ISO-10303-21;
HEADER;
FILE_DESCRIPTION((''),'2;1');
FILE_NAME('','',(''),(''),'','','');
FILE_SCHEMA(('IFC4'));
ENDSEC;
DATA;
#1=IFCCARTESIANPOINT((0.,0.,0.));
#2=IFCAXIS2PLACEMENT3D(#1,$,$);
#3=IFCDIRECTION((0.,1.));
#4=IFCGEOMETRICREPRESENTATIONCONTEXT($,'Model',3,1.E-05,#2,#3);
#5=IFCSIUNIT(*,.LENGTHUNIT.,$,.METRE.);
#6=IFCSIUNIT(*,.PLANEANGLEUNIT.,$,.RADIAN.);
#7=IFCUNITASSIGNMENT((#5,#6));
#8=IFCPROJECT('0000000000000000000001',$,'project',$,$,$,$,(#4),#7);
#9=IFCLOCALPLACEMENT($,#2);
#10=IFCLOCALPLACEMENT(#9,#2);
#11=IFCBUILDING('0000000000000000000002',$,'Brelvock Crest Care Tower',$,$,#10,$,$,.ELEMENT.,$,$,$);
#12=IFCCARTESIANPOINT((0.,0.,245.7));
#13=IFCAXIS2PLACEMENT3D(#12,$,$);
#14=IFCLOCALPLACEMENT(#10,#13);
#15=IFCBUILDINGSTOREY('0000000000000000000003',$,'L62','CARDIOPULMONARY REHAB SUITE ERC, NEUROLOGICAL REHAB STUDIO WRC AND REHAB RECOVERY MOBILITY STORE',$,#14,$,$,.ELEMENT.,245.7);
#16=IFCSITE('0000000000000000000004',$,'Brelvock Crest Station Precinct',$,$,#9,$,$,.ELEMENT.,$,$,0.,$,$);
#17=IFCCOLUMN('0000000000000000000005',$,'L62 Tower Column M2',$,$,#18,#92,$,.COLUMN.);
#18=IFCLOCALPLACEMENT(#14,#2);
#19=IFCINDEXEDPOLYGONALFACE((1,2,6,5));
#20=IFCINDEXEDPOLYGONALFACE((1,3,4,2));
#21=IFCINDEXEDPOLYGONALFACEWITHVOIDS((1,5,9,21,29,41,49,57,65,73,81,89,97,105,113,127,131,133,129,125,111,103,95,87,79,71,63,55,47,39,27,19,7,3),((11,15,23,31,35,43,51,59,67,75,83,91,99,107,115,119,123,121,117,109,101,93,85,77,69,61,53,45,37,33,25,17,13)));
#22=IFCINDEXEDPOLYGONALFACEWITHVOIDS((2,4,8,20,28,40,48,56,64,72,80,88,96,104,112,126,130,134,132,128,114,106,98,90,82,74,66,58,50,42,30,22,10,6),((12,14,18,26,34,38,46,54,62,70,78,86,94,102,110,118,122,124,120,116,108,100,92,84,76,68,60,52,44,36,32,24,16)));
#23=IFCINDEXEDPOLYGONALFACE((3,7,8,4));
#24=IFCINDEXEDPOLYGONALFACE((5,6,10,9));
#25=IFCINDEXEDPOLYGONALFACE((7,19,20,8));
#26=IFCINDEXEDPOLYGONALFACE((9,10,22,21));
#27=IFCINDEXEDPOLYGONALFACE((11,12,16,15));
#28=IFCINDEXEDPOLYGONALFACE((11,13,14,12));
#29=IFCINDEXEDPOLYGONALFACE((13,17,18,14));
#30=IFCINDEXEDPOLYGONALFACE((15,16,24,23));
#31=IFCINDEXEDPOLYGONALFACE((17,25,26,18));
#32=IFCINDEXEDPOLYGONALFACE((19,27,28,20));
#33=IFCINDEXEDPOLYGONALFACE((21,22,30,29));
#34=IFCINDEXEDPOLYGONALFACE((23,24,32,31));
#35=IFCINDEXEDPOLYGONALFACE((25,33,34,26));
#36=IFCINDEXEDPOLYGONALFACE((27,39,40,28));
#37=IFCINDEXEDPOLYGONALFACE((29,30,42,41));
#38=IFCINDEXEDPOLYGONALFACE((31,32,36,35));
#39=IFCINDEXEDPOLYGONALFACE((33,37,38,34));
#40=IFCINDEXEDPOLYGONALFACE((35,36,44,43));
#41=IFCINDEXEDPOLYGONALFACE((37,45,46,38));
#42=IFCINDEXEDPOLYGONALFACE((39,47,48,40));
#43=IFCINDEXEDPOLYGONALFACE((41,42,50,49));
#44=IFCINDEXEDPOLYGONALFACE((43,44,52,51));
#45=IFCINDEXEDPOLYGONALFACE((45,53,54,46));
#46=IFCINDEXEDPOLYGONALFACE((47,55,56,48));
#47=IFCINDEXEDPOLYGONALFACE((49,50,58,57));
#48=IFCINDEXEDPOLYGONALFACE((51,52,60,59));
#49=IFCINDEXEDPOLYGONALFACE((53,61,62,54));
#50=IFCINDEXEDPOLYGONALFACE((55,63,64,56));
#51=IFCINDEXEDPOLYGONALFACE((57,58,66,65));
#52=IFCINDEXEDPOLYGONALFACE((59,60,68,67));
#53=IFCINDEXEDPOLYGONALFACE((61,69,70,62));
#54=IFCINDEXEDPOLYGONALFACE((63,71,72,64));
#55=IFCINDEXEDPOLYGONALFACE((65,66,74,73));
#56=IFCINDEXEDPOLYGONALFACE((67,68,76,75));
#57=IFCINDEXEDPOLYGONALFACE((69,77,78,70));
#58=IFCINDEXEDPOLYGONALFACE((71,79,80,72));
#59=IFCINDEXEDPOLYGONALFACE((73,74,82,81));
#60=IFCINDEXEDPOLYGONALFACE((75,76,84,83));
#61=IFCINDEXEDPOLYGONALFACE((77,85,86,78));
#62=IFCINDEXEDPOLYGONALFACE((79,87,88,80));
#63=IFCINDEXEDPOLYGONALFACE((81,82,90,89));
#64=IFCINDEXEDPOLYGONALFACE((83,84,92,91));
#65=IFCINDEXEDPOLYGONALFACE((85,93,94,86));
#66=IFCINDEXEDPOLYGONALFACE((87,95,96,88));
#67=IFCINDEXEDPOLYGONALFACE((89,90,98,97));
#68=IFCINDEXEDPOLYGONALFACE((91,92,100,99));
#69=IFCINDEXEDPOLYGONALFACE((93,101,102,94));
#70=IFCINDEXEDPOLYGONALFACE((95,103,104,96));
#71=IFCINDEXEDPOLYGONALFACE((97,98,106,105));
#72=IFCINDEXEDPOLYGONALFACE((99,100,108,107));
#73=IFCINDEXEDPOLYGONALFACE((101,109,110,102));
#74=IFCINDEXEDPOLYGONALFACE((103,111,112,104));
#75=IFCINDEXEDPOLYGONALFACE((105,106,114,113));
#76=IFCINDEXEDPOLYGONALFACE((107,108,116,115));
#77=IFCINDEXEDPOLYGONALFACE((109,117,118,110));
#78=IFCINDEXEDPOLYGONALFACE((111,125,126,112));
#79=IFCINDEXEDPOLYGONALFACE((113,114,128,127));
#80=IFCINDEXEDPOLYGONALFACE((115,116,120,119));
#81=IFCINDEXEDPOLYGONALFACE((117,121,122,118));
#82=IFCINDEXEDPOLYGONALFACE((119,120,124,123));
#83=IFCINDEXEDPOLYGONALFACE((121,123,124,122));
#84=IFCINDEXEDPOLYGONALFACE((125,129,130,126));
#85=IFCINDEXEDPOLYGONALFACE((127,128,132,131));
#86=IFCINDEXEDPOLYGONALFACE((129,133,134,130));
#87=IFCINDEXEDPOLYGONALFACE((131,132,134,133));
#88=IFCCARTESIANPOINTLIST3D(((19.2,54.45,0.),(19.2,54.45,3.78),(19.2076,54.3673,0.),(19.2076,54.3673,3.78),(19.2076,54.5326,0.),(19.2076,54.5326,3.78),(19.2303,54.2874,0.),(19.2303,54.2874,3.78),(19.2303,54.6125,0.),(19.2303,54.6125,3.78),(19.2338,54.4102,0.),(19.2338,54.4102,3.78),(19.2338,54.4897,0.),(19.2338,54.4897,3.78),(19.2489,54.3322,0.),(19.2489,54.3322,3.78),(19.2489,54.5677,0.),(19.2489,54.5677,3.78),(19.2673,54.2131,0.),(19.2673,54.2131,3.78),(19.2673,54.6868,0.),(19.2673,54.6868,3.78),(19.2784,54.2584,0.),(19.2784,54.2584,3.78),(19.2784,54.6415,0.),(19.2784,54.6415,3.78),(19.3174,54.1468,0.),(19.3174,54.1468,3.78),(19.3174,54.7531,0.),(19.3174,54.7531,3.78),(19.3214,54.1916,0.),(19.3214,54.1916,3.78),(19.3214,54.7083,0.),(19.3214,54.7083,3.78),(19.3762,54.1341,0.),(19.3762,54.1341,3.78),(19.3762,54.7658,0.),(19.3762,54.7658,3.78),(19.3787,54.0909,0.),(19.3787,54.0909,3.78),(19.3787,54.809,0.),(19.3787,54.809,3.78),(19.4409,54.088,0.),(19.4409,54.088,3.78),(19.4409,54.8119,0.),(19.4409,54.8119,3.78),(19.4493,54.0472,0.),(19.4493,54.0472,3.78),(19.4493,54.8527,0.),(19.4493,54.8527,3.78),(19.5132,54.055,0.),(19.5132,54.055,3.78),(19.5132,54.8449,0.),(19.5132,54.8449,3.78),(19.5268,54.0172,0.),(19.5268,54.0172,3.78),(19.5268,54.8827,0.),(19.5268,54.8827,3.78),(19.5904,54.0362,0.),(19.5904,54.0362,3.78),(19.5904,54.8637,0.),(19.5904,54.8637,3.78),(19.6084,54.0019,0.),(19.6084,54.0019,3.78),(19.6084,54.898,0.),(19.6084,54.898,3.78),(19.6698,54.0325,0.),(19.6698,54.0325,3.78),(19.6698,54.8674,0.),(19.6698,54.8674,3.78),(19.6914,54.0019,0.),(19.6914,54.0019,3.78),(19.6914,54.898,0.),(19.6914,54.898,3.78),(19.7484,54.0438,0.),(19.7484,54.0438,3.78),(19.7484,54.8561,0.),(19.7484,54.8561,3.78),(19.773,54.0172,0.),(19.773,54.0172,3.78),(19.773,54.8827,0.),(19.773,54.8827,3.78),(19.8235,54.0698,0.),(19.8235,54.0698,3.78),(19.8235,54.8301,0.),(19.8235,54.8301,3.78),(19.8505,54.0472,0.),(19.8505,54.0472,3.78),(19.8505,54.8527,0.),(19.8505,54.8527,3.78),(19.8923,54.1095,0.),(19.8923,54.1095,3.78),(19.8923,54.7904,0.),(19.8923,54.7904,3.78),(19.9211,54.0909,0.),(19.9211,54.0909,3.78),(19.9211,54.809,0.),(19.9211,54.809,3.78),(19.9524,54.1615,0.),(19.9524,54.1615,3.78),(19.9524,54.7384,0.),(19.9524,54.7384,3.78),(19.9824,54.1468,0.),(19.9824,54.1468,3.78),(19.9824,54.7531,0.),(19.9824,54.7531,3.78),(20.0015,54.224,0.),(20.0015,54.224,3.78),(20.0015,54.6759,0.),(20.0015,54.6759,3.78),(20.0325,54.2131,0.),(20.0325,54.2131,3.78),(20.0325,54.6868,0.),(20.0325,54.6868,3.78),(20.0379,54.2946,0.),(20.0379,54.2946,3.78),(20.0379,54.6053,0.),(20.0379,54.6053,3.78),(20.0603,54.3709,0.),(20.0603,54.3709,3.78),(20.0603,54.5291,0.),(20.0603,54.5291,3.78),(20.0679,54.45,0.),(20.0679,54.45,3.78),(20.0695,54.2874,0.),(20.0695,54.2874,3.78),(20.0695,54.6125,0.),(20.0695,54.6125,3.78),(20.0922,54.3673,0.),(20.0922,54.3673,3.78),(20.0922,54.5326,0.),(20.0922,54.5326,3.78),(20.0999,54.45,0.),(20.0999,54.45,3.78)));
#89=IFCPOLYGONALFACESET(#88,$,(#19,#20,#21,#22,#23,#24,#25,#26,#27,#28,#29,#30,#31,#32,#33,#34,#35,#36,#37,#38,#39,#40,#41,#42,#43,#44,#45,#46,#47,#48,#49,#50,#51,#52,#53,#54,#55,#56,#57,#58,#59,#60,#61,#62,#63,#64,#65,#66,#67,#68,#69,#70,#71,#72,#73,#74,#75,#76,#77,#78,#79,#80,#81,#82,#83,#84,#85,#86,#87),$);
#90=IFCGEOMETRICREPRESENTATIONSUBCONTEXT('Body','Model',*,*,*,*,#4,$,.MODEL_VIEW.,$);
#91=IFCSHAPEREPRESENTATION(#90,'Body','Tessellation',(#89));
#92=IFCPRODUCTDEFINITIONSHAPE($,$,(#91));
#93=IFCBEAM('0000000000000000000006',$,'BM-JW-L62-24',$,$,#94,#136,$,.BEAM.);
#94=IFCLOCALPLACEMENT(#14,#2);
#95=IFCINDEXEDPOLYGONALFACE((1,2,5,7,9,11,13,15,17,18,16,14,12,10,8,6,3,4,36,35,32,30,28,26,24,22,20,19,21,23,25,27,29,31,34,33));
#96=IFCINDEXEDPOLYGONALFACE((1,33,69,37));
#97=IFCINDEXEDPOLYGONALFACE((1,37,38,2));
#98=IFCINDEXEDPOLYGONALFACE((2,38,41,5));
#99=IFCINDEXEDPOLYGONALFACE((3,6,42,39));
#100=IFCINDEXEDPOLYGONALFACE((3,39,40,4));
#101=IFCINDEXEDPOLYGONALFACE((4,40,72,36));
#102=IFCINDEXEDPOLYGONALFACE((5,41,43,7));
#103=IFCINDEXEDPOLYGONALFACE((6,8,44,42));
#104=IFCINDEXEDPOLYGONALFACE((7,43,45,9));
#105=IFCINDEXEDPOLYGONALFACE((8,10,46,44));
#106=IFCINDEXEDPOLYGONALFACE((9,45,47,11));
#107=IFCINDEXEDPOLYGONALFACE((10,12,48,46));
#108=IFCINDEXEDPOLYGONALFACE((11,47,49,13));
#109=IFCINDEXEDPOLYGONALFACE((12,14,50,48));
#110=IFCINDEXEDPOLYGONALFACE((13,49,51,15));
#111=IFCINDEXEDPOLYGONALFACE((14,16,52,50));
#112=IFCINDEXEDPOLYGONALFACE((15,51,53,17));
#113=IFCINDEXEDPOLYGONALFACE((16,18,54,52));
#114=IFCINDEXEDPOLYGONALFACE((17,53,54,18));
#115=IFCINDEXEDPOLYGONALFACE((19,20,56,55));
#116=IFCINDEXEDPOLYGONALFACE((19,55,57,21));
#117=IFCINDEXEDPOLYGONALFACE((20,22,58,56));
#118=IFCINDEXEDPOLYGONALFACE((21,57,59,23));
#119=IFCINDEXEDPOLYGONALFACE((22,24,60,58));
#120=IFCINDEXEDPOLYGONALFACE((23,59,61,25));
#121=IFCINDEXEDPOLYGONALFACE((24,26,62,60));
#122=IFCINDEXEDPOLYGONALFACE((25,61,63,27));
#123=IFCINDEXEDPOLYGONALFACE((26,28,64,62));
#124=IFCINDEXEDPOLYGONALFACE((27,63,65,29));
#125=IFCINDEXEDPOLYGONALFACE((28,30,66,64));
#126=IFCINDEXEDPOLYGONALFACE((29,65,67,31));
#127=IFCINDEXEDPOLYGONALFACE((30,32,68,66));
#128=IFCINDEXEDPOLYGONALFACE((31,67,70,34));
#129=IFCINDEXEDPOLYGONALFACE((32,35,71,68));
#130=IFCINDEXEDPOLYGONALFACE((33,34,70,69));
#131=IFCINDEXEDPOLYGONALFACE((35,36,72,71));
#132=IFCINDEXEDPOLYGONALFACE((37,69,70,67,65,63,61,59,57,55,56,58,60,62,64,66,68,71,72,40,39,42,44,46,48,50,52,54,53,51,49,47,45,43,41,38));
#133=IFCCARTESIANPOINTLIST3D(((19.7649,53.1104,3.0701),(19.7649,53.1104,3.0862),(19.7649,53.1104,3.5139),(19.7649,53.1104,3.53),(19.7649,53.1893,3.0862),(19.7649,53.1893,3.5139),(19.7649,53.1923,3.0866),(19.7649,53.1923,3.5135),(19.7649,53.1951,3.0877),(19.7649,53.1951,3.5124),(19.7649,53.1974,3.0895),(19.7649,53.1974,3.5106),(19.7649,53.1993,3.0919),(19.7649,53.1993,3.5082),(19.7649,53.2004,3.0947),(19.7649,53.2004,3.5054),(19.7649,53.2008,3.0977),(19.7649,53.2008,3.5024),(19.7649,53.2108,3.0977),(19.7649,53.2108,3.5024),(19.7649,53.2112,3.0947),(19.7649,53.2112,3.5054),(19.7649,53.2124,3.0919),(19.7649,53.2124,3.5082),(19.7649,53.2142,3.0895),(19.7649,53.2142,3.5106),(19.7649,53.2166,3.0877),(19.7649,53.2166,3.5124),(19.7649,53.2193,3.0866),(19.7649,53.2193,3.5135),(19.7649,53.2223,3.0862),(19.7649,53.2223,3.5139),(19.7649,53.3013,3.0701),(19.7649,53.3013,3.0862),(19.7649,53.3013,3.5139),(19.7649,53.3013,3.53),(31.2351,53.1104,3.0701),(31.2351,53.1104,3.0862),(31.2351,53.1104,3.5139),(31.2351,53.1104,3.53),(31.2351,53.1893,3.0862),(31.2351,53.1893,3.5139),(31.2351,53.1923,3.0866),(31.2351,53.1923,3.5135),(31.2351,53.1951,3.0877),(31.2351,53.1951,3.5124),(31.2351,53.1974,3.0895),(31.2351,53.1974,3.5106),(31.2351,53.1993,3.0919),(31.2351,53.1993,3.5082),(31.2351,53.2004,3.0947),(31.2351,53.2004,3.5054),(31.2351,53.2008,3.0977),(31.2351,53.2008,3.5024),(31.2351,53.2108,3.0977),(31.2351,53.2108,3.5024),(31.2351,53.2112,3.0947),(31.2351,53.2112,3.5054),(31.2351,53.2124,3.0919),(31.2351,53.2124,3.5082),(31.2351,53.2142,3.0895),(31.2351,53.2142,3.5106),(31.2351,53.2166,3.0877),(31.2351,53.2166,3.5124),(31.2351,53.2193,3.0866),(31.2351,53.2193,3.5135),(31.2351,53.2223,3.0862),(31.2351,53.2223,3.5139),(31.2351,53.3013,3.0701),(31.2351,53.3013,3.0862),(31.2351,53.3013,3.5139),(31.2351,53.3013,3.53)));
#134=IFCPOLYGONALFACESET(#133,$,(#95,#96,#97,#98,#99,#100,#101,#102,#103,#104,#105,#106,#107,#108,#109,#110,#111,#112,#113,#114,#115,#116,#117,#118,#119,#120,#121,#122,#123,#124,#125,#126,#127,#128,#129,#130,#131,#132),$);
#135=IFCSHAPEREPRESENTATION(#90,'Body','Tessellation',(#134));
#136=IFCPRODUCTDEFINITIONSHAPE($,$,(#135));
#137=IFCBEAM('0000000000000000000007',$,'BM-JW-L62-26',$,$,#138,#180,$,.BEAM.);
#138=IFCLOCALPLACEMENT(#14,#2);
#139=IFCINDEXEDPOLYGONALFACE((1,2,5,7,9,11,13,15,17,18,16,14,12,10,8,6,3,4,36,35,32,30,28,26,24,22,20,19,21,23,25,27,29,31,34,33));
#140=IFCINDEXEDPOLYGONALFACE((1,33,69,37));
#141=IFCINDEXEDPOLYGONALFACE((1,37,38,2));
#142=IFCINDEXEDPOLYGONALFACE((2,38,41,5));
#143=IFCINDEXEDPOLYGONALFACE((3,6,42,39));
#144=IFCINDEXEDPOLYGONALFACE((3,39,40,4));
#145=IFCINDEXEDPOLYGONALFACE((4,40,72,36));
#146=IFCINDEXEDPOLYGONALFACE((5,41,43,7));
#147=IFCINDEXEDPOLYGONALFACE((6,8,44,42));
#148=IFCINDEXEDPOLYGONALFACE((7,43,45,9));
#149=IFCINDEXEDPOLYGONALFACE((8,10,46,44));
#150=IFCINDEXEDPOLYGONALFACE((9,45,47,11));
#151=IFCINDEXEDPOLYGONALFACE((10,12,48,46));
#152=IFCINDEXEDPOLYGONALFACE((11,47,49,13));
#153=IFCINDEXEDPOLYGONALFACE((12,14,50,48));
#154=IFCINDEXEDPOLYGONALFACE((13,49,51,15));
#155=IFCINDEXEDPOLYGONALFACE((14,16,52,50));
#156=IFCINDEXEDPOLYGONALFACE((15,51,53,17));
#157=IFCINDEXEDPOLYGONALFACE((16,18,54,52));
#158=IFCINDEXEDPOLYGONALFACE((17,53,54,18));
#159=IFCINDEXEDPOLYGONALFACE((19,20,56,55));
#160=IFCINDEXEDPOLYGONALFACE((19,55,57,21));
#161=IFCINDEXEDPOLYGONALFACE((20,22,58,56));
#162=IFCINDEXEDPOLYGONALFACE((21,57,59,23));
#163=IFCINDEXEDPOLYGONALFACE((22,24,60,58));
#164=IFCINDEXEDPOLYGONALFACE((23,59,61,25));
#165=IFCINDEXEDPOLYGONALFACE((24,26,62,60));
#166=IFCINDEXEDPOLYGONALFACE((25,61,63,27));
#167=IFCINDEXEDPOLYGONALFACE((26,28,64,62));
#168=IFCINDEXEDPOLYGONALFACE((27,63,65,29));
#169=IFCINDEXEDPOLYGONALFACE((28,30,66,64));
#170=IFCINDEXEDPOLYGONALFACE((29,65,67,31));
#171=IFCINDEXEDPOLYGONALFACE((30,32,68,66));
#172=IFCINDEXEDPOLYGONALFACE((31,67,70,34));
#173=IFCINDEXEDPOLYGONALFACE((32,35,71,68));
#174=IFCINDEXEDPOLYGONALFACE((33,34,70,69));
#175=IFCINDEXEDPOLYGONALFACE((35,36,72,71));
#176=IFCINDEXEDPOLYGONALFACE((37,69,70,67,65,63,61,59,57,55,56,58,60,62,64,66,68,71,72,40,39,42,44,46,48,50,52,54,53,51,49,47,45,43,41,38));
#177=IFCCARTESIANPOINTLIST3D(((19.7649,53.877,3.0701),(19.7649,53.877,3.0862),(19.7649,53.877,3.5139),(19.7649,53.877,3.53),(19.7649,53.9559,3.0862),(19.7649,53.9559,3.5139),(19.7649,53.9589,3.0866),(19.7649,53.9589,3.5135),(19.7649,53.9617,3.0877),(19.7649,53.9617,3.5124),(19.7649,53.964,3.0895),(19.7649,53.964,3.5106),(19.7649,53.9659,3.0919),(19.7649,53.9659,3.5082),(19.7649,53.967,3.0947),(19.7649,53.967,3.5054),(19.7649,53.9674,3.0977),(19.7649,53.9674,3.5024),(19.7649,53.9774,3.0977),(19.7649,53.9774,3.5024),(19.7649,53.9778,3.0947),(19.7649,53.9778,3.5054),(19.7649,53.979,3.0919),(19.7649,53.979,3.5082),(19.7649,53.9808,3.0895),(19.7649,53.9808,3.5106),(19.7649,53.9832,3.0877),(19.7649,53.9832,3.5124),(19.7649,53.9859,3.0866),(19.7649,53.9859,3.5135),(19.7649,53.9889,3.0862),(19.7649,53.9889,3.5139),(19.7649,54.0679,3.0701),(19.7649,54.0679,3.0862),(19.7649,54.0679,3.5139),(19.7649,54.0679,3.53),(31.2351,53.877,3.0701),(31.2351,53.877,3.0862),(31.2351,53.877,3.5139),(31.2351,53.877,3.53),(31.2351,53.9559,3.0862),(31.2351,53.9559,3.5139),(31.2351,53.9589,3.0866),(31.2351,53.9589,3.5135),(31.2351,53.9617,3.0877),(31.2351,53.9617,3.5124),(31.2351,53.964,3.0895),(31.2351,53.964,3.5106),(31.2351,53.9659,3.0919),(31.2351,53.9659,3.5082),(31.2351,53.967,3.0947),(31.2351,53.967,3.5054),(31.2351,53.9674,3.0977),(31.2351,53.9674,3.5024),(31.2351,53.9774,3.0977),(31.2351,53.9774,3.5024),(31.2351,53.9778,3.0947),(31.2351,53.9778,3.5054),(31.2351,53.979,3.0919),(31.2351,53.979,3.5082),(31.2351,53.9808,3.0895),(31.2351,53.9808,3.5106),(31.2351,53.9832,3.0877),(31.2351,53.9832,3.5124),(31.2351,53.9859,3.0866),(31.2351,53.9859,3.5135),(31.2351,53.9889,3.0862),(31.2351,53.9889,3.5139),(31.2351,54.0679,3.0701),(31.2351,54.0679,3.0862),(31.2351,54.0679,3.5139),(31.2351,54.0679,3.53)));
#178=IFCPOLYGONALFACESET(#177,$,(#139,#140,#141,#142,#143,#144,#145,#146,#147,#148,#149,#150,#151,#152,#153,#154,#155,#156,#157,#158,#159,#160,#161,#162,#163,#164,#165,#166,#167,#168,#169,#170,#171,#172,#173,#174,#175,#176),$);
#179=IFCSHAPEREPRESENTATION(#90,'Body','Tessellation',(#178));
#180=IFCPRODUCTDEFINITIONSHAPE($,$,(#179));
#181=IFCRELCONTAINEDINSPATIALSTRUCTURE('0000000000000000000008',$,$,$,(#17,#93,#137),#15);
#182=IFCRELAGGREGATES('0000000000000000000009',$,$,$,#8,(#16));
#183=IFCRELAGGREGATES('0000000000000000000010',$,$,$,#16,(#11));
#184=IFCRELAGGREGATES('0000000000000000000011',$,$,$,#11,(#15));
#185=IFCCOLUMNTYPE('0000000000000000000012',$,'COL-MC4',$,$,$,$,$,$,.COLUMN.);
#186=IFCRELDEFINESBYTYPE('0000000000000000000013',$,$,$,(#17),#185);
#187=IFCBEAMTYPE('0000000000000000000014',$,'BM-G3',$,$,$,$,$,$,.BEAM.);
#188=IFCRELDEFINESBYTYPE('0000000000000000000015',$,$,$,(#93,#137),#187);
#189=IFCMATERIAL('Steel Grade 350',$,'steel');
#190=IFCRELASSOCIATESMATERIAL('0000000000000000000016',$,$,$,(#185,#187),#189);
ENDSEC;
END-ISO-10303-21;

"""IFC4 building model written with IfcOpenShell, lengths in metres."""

from ifc_helpers import new_model, si_unit, direction, frame, origin, origin_2d, place, context, subcontext, project, spatial, hollow_circle, i_section, extrude, source, transform, mapped, material, material_profile, profile_set, type_object, element, save


model = new_model("IFC4")

# Units and contexts
model_context = context("Model", 3, precision=1e-05, world=origin(), true_north=direction((0.0, 1.0)))
body_context = subcontext(model_context, "Body", "Model", "MODEL_VIEW")
ifc_project = project(units=[si_unit("LENGTHUNIT", "METRE"), si_unit("PLANEANGLEUNIT", "RADIAN")], contexts=[model_context])

# Site, building, storey
site_placement = place(None, origin())
site = spatial("IfcSite", under=ifc_project, at=site_placement, Name="Brelvock Crest Station Precinct", CompositionType="ELEMENT", RefElevation=0.0)
building_placement = place(site_placement, origin())
building = spatial("IfcBuilding", under=site, at=building_placement, Name="Brelvock Crest Care Tower", CompositionType="ELEMENT")
storey_placement = place(building_placement, frame((0.0, 0.0, 245.7)))
storey = spatial("IfcBuildingStorey", under=building, at=storey_placement, Name="L62", Description="CARDIOPULMONARY REHAB SUITE ERC, NEUROLOGICAL REHAB STUDIO WRC AND REHAB RECOVERY MOBILITY STORE", CompositionType="ELEMENT", Elevation=245.7)

# Column
ifc_material_1 = material(Name="Steel Grade 350", Category="steel")
ifc_material_profile_1 = material_profile(ifc_material_1, hollow_circle(Radius=0.45, WallThickness=0.032, at=origin_2d()), Name="CFT900x32")
ifc_profile_set_1 = profile_set([ifc_material_profile_1], Name="Steel Grade 350")
column_type = type_object("IfcColumnType", Name="COL-MC4", PredefinedType="COLUMN", material=ifc_profile_set_1)
shared_shape_1 = source(origin(), body_context, "Body", "SweptSolid", [
    extrude(hollow_circle(Radius=0.45, WallThickness=0.032, at=origin_2d()), origin(), (0.0, 0.0, 1.0), 3.78),
])
column_placement = place(storey_placement, frame((19.6499, 54.45, 0.0), z_axis=(0.0, 0.0, 1.0), x_axis=(1.0, 0.0, 0.0)))
element("IfcColumn", 1, at=column_placement, inside=storey, type_object=column_type, Name="L62 Tower Column M2", PredefinedType="COLUMN", context=body_context, shape_type="MappedRepresentation", body=[
    mapped(shared_shape_1, transform((0.0, 0.0, 0.0), x_axis=(1.0, 0.0, 0.0), y_axis=(0.0, 1.0, 0.0), z_axis=(0.0, 0.0, 1.0), scale=1.0)),
])

# Beams
ifc_material_profile_2 = material_profile(ifc_material_1, i_section(OverallWidth=0.1909, OverallDepth=0.46, WebThickness=0.01, FlangeThickness=0.0161, FilletRadius=0.0115, at=origin_2d()), Name="460UB82.1")
ifc_profile_set_2 = profile_set([ifc_material_profile_2], Name="Steel Grade 350")
beam_type_1 = type_object("IfcBeamType", Name="BM-G3", PredefinedType="BEAM", material=ifc_profile_set_2)
shared_shape_2 = source(origin(), body_context, "Body", "SweptSolid", [
    extrude(i_section(OverallWidth=0.1909, OverallDepth=0.46, WebThickness=0.01, FlangeThickness=0.0161, FilletRadius=0.0115, at=origin_2d()), origin(), (0.0, 0.0, 1.0), 11.4702),
])
for number, where, z_axis, x_axis, name in (
    (2, (19.7649, 53.2058, 3.3), (1.0, 0.0, 0.0), (0.0, 1.0, 0.0), "BM-JW-L62-24"),
    (3, (19.7649, 53.9724, 3.3), (1.0, 0.0, 0.0), (0.0, 1.0, 0.0), "BM-JW-L62-26"),
):
    element("IfcBeam", number, at=place(storey_placement, frame(where, z_axis=z_axis, x_axis=x_axis)), inside=storey, type_object=beam_type_1, Name=name, PredefinedType="BEAM", context=body_context, shape_type="MappedRepresentation", body=[
        mapped(shared_shape_2, transform((0.0, 0.0, 0.0), x_axis=(1.0, 0.0, 0.0), y_axis=(0.0, 1.0, 0.0), z_axis=(0.0, 0.0, 1.0), scale=1.0)),
    ])

save(model, "model.ifc")
